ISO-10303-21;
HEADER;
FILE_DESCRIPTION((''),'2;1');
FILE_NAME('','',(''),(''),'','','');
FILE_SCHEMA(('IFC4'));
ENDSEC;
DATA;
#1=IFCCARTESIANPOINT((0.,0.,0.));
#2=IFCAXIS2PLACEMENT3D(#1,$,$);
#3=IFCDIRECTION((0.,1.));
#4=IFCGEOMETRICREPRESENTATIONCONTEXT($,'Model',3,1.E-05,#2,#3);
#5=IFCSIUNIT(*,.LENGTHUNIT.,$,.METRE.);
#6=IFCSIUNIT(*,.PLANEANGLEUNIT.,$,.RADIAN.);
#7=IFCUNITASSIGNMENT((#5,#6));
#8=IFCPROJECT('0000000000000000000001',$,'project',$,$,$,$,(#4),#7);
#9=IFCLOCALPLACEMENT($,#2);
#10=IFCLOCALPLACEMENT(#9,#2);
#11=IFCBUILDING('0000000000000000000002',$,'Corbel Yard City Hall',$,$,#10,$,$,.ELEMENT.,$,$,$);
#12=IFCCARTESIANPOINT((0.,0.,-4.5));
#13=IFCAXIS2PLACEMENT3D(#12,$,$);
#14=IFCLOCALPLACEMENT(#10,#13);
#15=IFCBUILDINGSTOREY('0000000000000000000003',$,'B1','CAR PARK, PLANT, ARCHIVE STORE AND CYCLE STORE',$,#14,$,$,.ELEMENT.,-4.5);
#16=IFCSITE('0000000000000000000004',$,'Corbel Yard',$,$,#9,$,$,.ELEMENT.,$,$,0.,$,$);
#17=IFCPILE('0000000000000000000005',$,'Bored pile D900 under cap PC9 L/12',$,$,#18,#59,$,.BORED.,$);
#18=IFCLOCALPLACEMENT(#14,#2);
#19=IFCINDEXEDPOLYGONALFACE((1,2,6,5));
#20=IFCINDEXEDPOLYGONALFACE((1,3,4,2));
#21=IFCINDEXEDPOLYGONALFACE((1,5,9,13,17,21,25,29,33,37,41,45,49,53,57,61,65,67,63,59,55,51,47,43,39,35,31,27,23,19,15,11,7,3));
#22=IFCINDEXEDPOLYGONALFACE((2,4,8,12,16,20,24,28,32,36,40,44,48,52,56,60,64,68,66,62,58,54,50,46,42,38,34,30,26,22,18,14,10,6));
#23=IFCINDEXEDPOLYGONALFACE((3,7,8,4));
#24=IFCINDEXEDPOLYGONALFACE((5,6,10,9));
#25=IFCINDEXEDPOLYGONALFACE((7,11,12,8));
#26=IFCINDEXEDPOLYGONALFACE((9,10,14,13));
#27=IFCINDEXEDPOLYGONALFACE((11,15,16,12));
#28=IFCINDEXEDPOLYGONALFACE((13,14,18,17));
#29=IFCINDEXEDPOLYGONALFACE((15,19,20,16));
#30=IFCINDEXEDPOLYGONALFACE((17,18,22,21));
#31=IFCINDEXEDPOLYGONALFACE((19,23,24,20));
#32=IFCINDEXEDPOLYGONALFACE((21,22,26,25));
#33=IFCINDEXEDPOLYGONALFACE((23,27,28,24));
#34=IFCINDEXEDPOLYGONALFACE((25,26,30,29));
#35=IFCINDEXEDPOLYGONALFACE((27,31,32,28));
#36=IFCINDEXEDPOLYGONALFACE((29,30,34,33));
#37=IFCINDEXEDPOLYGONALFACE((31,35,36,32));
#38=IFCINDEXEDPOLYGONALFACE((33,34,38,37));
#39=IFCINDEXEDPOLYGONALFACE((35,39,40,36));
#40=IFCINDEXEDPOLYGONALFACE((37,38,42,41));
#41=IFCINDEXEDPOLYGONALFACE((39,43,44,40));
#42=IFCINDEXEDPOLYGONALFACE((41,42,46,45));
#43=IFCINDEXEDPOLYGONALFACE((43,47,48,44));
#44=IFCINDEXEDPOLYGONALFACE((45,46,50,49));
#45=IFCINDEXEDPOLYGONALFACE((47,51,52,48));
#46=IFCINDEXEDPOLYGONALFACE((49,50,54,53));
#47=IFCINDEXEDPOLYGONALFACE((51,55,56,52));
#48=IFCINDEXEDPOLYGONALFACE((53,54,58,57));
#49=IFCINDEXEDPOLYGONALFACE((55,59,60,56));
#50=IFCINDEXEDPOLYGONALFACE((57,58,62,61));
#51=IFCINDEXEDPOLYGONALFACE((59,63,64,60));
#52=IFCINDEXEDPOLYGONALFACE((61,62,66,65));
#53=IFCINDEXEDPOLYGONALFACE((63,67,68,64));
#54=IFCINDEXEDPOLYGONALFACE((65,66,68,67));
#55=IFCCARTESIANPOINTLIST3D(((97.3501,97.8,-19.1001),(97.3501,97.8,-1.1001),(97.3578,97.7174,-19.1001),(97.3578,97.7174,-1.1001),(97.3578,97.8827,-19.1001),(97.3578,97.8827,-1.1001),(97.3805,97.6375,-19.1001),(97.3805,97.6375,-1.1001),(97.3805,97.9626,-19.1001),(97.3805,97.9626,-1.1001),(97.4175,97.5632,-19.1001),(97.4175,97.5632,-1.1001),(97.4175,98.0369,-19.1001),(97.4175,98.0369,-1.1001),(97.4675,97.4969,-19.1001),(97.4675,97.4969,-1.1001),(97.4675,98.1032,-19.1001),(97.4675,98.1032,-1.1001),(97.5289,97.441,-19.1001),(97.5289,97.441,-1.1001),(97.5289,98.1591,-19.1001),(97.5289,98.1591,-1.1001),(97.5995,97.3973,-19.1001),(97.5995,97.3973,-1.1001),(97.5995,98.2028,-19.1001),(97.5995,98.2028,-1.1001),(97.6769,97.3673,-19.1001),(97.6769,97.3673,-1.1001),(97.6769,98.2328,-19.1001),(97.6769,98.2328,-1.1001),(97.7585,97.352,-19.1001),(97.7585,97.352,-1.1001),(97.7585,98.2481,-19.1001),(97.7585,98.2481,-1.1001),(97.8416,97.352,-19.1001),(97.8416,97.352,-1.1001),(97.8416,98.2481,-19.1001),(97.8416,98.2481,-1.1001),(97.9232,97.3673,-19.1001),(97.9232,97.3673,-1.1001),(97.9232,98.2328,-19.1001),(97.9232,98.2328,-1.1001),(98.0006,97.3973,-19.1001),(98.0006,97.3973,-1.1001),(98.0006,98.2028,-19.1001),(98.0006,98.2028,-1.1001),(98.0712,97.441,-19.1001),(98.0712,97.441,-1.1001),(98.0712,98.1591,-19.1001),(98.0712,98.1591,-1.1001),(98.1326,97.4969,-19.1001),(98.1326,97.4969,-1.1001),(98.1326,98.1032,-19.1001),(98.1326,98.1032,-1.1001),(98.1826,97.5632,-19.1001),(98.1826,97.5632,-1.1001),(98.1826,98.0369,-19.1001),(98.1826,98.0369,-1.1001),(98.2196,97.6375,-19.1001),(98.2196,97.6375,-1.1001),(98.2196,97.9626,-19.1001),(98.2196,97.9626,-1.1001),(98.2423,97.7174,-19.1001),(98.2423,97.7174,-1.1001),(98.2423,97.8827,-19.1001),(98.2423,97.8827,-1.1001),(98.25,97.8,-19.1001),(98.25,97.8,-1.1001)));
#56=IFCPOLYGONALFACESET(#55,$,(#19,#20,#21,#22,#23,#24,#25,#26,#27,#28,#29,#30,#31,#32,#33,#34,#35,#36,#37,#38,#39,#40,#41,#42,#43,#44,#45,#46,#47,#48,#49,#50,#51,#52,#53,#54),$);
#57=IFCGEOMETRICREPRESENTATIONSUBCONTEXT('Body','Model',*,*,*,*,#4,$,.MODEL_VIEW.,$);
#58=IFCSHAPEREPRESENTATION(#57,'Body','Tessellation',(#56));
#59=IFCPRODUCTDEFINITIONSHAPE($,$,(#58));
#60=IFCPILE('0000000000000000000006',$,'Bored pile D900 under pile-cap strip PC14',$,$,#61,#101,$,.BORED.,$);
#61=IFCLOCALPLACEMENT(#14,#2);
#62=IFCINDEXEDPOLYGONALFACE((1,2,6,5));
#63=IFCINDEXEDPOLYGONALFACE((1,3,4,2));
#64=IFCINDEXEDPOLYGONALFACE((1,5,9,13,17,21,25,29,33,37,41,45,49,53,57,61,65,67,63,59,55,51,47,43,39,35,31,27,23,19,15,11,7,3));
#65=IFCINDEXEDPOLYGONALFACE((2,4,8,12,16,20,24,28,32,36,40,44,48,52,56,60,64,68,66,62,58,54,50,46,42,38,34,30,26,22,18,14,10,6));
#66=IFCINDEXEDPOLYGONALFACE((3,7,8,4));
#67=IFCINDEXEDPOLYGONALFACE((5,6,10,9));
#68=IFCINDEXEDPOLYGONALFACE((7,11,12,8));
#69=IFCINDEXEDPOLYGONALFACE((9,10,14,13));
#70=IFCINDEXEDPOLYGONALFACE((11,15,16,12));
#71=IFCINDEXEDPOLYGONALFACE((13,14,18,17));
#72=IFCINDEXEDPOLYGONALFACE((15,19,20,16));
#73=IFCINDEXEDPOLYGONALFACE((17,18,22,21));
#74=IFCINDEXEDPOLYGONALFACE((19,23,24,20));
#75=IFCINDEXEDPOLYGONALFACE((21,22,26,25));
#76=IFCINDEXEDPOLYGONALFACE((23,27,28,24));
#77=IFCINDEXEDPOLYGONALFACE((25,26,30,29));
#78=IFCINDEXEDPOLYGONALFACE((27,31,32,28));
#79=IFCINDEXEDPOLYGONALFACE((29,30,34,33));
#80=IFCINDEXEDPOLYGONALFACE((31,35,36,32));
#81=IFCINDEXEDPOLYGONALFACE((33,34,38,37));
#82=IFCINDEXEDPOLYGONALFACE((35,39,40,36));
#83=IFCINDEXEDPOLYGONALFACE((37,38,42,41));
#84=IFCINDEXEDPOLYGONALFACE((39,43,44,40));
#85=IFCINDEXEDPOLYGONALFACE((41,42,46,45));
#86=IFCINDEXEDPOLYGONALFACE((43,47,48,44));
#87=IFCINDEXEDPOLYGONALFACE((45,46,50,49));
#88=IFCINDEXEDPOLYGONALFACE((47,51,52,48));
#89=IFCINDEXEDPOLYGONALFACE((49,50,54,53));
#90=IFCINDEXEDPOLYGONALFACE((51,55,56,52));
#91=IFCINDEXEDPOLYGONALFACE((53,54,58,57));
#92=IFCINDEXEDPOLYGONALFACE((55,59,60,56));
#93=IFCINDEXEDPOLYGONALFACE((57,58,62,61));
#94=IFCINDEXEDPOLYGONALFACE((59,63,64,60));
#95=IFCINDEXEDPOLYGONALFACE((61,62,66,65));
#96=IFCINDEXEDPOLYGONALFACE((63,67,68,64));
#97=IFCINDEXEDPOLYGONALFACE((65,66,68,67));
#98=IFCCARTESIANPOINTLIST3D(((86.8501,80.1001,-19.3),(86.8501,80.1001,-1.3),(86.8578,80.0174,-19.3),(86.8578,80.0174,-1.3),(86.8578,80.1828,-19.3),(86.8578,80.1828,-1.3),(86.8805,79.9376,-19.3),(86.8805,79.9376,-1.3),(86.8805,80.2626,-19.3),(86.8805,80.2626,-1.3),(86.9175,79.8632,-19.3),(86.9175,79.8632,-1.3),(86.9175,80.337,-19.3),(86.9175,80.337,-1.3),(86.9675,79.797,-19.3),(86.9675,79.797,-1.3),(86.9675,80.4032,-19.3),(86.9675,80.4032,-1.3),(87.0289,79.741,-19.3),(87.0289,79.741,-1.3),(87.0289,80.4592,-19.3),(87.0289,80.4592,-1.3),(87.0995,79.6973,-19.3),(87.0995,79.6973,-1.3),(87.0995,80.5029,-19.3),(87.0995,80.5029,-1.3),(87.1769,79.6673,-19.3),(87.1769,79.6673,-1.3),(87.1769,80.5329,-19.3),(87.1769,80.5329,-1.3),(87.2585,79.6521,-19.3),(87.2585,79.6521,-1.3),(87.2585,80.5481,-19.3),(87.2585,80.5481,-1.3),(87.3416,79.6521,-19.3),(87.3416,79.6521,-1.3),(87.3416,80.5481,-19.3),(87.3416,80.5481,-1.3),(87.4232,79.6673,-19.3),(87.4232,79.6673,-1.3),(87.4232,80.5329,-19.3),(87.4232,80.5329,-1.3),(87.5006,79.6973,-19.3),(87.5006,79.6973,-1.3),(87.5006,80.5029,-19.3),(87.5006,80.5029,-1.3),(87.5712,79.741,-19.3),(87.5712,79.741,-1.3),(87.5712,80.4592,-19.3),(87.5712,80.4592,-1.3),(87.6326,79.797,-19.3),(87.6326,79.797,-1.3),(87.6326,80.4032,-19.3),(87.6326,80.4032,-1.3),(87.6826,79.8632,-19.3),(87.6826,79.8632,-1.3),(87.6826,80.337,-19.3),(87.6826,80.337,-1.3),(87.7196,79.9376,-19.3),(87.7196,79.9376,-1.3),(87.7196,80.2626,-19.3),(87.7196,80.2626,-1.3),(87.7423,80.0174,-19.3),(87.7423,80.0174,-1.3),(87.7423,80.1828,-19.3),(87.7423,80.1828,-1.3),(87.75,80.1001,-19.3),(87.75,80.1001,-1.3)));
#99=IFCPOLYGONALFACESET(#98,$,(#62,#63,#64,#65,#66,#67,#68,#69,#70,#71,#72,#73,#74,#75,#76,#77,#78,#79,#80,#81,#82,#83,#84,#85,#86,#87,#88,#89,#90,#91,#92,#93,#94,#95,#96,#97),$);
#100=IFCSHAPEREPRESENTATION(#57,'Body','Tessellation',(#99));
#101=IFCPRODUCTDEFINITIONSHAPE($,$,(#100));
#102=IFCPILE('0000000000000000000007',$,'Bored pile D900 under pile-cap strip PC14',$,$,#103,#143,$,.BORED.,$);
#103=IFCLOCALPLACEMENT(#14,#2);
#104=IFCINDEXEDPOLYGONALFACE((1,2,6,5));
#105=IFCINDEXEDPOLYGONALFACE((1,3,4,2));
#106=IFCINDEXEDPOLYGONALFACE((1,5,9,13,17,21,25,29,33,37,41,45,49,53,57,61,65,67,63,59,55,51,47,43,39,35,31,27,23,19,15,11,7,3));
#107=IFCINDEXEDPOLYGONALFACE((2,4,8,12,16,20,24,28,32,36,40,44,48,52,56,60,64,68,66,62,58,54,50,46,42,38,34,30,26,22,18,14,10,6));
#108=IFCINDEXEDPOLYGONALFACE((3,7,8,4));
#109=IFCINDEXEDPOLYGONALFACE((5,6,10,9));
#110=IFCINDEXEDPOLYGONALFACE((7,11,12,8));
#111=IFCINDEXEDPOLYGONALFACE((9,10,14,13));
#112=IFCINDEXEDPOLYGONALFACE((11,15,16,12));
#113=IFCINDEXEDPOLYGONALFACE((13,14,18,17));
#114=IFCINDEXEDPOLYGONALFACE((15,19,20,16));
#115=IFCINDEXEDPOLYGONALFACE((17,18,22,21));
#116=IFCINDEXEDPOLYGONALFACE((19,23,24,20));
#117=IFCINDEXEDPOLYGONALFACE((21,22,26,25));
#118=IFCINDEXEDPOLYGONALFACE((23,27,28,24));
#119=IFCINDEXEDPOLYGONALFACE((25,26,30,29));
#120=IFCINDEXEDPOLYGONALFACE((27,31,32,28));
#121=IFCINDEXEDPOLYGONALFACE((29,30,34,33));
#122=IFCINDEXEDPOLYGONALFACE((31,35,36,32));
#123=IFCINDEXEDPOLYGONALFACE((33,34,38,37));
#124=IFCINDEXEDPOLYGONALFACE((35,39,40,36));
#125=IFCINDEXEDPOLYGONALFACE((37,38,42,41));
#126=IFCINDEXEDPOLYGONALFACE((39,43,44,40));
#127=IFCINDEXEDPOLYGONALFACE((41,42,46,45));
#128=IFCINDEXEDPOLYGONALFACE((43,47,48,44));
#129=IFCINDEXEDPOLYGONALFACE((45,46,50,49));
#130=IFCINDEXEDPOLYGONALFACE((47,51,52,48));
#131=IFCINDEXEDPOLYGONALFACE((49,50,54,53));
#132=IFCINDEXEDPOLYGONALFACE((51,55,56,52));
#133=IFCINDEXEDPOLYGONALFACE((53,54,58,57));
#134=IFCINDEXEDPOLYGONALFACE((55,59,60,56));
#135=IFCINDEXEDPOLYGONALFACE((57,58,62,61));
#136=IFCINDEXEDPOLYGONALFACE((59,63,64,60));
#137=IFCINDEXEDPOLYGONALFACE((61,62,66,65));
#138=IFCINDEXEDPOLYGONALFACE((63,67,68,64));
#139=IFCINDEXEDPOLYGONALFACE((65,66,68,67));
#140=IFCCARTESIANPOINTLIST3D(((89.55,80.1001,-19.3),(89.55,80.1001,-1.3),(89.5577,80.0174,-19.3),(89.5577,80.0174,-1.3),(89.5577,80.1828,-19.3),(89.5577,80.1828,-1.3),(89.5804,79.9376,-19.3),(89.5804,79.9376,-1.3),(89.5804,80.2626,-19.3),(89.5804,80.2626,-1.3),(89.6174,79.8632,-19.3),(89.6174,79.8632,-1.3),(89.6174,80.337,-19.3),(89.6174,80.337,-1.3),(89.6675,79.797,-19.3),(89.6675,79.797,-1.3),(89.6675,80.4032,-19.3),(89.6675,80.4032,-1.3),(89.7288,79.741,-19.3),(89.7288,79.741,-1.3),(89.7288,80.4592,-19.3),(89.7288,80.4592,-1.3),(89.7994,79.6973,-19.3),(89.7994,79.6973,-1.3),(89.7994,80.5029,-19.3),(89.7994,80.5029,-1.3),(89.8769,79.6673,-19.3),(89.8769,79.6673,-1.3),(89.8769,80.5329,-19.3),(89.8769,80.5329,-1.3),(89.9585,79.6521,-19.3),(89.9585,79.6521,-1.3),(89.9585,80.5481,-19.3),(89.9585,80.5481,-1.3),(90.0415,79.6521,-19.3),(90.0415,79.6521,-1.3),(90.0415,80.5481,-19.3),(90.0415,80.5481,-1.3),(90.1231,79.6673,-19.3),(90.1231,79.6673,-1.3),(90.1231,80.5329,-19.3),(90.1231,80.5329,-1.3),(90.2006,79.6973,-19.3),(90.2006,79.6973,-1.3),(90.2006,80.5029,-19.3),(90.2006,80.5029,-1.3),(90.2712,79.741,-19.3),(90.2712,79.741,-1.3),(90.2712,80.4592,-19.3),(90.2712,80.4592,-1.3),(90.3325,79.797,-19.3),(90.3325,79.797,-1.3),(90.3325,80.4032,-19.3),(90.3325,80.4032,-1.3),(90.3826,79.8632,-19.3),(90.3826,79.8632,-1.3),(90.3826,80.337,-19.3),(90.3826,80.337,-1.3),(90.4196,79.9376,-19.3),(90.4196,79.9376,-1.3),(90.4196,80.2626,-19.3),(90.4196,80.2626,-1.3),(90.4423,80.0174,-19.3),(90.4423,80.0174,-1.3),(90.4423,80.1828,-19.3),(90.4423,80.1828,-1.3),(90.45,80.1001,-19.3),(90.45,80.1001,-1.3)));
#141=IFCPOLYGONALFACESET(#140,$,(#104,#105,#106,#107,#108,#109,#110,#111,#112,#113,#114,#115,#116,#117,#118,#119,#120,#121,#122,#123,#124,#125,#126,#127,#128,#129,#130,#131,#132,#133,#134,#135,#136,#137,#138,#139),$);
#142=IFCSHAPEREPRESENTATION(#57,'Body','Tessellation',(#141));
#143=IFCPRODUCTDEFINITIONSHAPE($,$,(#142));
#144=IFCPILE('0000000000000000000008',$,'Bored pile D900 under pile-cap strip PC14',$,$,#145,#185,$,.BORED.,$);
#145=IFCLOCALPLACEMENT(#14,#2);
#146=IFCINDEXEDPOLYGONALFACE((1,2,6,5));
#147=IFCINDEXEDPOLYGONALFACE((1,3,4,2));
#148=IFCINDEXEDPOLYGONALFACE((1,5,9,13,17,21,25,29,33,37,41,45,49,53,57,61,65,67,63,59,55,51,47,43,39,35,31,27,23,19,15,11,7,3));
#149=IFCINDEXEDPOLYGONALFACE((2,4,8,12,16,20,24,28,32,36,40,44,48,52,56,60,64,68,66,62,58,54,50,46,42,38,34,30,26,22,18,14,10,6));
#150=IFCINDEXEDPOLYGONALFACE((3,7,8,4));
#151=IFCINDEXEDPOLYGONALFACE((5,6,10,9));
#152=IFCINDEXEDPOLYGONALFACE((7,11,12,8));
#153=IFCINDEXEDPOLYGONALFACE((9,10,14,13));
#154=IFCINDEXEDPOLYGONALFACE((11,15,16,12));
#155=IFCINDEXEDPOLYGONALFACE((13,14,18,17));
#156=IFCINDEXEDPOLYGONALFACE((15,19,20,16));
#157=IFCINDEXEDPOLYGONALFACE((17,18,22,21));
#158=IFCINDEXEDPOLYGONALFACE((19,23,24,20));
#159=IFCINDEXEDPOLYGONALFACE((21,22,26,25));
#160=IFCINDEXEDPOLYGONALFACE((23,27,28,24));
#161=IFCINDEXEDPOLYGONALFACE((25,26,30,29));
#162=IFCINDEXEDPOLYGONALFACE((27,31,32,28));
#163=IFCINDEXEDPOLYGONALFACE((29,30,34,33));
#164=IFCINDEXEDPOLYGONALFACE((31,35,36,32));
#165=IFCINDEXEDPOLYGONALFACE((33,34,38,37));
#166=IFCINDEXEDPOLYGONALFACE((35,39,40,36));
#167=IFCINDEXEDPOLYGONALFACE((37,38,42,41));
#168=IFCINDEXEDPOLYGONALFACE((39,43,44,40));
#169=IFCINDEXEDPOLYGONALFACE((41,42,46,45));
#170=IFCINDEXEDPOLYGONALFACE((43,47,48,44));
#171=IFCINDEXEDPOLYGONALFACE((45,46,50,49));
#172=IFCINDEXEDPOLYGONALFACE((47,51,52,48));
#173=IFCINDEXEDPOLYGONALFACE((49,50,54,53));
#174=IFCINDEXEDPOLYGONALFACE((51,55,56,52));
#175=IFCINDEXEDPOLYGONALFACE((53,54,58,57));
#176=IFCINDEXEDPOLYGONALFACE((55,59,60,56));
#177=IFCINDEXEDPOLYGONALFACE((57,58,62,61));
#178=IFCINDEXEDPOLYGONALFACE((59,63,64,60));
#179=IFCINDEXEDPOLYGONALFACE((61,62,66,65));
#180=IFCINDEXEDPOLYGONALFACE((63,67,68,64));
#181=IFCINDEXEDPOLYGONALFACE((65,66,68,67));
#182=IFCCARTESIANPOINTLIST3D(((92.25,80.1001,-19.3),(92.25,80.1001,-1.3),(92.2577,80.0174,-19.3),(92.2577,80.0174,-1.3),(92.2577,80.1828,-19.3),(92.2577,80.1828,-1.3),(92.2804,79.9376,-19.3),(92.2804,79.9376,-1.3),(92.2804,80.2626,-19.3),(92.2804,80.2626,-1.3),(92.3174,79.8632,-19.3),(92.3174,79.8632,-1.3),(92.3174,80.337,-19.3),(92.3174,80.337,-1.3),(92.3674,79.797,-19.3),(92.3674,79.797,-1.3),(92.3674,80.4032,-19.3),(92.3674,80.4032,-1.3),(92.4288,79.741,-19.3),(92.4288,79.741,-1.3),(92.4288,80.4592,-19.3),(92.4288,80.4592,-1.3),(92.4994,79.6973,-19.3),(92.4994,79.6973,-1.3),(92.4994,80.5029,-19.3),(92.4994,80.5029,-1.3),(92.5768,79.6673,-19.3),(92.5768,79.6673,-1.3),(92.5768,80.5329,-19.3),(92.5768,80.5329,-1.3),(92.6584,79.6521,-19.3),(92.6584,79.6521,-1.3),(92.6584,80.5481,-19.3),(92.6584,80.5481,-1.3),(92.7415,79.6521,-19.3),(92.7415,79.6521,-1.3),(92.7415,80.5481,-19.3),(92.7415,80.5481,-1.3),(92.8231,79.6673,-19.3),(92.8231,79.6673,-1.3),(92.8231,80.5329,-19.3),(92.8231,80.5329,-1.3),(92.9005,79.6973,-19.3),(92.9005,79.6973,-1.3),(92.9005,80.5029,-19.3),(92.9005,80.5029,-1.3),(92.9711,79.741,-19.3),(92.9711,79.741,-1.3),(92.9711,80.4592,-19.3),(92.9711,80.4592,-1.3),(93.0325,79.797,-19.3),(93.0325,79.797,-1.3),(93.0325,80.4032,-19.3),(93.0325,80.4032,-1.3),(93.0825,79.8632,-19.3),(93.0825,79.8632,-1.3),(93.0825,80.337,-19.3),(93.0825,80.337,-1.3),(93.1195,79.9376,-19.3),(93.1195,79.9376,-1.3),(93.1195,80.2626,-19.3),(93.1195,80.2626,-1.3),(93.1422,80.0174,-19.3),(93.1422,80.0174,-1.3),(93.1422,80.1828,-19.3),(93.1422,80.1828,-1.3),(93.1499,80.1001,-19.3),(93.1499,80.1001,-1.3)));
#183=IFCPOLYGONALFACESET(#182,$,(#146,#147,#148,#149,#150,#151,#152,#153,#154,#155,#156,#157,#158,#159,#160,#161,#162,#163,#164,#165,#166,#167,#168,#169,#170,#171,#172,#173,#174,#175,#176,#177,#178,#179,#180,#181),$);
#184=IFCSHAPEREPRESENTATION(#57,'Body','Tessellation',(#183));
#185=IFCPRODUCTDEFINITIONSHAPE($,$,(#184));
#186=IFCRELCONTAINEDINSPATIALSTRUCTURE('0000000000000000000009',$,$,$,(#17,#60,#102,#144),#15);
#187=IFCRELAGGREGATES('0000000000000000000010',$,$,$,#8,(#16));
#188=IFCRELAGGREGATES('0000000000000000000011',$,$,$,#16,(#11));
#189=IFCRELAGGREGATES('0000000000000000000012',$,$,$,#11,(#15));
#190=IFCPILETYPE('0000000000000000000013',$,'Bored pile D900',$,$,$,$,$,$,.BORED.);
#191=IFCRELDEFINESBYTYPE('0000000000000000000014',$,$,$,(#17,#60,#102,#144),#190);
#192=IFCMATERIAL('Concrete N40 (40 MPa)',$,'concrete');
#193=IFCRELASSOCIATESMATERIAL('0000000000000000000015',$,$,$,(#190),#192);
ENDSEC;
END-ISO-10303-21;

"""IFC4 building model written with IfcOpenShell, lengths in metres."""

from ifc_helpers import new_model, si_unit, direction, frame, origin, origin_2d, place, context, subcontext, project, spatial, circle, extrude, material, material_profile, profile_set, type_object, element, save


model = new_model("IFC4")

# Units and contexts
model_context = context("Model", 3, precision=1e-05, world=origin(), true_north=direction((0.0, 1.0)))
body_context = subcontext(model_context, "Body", "Model", "MODEL_VIEW")
ifc_project = project(units=[si_unit("LENGTHUNIT", "METRE"), si_unit("PLANEANGLEUNIT", "RADIAN")], contexts=[model_context])

# Site, building, storey
site_placement = place(None, origin())
site = spatial("IfcSite", under=ifc_project, at=site_placement, Name="Corbel Yard", CompositionType="ELEMENT", RefElevation=0.0)
building_placement = place(site_placement, origin())
building = spatial("IfcBuilding", under=site, at=building_placement, Name="Corbel Yard City Hall", CompositionType="ELEMENT")
storey_placement = place(building_placement, frame((0.0, 0.0, -4.5)))
storey = spatial("IfcBuildingStorey", under=building, at=storey_placement, Name="B1", Description="CAR PARK, PLANT, ARCHIVE STORE AND CYCLE STORE", CompositionType="ELEMENT", Elevation=-4.5)

# Piles
ifc_material_1 = material(Name="Concrete N40 (40 MPa)", Category="concrete")
ifc_material_profile_1 = material_profile(ifc_material_1, circle(Radius=0.45, at=origin_2d()), Name="D900")
ifc_profile_set_1 = profile_set([ifc_material_profile_1], Name="Concrete N40 (40 MPa)")
pile_type_1 = type_object("IfcPileType", Name="Bored pile D900", PredefinedType="BORED", material=ifc_profile_set_1)
for number, where, z_axis, x_axis, name in (
    (1, (97.8, 97.8, -1.1001), (0.0, 0.0, -1.0), (1.0, 0.0, 0.0), "Bored pile D900 under cap PC9 L/12"),
    (2, (87.3, 80.1001, -1.3), (0.0, 0.0, -1.0), (1.0, 0.0, 0.0), "Bored pile D900 under pile-cap strip PC14"),
    (3, (90.0, 80.1001, -1.3), (0.0, 0.0, -1.0), (1.0, 0.0, 0.0), "Bored pile D900 under pile-cap strip PC14"),
    (4, (92.7, 80.1001, -1.3), (0.0, 0.0, -1.0), (1.0, 0.0, 0.0), "Bored pile D900 under pile-cap strip PC14"),
):
    element("IfcPile", number, at=place(storey_placement, frame(where, z_axis=z_axis, x_axis=x_axis)), inside=storey, type_object=pile_type_1, Name=name, PredefinedType="BORED", context=body_context, shape_type="SweptSolid", body=[
        extrude(circle(Radius=0.45, at=origin_2d()), origin(), (0.0, 0.0, 1.0), 18.0),
    ])

save(model, "model.ifc")
